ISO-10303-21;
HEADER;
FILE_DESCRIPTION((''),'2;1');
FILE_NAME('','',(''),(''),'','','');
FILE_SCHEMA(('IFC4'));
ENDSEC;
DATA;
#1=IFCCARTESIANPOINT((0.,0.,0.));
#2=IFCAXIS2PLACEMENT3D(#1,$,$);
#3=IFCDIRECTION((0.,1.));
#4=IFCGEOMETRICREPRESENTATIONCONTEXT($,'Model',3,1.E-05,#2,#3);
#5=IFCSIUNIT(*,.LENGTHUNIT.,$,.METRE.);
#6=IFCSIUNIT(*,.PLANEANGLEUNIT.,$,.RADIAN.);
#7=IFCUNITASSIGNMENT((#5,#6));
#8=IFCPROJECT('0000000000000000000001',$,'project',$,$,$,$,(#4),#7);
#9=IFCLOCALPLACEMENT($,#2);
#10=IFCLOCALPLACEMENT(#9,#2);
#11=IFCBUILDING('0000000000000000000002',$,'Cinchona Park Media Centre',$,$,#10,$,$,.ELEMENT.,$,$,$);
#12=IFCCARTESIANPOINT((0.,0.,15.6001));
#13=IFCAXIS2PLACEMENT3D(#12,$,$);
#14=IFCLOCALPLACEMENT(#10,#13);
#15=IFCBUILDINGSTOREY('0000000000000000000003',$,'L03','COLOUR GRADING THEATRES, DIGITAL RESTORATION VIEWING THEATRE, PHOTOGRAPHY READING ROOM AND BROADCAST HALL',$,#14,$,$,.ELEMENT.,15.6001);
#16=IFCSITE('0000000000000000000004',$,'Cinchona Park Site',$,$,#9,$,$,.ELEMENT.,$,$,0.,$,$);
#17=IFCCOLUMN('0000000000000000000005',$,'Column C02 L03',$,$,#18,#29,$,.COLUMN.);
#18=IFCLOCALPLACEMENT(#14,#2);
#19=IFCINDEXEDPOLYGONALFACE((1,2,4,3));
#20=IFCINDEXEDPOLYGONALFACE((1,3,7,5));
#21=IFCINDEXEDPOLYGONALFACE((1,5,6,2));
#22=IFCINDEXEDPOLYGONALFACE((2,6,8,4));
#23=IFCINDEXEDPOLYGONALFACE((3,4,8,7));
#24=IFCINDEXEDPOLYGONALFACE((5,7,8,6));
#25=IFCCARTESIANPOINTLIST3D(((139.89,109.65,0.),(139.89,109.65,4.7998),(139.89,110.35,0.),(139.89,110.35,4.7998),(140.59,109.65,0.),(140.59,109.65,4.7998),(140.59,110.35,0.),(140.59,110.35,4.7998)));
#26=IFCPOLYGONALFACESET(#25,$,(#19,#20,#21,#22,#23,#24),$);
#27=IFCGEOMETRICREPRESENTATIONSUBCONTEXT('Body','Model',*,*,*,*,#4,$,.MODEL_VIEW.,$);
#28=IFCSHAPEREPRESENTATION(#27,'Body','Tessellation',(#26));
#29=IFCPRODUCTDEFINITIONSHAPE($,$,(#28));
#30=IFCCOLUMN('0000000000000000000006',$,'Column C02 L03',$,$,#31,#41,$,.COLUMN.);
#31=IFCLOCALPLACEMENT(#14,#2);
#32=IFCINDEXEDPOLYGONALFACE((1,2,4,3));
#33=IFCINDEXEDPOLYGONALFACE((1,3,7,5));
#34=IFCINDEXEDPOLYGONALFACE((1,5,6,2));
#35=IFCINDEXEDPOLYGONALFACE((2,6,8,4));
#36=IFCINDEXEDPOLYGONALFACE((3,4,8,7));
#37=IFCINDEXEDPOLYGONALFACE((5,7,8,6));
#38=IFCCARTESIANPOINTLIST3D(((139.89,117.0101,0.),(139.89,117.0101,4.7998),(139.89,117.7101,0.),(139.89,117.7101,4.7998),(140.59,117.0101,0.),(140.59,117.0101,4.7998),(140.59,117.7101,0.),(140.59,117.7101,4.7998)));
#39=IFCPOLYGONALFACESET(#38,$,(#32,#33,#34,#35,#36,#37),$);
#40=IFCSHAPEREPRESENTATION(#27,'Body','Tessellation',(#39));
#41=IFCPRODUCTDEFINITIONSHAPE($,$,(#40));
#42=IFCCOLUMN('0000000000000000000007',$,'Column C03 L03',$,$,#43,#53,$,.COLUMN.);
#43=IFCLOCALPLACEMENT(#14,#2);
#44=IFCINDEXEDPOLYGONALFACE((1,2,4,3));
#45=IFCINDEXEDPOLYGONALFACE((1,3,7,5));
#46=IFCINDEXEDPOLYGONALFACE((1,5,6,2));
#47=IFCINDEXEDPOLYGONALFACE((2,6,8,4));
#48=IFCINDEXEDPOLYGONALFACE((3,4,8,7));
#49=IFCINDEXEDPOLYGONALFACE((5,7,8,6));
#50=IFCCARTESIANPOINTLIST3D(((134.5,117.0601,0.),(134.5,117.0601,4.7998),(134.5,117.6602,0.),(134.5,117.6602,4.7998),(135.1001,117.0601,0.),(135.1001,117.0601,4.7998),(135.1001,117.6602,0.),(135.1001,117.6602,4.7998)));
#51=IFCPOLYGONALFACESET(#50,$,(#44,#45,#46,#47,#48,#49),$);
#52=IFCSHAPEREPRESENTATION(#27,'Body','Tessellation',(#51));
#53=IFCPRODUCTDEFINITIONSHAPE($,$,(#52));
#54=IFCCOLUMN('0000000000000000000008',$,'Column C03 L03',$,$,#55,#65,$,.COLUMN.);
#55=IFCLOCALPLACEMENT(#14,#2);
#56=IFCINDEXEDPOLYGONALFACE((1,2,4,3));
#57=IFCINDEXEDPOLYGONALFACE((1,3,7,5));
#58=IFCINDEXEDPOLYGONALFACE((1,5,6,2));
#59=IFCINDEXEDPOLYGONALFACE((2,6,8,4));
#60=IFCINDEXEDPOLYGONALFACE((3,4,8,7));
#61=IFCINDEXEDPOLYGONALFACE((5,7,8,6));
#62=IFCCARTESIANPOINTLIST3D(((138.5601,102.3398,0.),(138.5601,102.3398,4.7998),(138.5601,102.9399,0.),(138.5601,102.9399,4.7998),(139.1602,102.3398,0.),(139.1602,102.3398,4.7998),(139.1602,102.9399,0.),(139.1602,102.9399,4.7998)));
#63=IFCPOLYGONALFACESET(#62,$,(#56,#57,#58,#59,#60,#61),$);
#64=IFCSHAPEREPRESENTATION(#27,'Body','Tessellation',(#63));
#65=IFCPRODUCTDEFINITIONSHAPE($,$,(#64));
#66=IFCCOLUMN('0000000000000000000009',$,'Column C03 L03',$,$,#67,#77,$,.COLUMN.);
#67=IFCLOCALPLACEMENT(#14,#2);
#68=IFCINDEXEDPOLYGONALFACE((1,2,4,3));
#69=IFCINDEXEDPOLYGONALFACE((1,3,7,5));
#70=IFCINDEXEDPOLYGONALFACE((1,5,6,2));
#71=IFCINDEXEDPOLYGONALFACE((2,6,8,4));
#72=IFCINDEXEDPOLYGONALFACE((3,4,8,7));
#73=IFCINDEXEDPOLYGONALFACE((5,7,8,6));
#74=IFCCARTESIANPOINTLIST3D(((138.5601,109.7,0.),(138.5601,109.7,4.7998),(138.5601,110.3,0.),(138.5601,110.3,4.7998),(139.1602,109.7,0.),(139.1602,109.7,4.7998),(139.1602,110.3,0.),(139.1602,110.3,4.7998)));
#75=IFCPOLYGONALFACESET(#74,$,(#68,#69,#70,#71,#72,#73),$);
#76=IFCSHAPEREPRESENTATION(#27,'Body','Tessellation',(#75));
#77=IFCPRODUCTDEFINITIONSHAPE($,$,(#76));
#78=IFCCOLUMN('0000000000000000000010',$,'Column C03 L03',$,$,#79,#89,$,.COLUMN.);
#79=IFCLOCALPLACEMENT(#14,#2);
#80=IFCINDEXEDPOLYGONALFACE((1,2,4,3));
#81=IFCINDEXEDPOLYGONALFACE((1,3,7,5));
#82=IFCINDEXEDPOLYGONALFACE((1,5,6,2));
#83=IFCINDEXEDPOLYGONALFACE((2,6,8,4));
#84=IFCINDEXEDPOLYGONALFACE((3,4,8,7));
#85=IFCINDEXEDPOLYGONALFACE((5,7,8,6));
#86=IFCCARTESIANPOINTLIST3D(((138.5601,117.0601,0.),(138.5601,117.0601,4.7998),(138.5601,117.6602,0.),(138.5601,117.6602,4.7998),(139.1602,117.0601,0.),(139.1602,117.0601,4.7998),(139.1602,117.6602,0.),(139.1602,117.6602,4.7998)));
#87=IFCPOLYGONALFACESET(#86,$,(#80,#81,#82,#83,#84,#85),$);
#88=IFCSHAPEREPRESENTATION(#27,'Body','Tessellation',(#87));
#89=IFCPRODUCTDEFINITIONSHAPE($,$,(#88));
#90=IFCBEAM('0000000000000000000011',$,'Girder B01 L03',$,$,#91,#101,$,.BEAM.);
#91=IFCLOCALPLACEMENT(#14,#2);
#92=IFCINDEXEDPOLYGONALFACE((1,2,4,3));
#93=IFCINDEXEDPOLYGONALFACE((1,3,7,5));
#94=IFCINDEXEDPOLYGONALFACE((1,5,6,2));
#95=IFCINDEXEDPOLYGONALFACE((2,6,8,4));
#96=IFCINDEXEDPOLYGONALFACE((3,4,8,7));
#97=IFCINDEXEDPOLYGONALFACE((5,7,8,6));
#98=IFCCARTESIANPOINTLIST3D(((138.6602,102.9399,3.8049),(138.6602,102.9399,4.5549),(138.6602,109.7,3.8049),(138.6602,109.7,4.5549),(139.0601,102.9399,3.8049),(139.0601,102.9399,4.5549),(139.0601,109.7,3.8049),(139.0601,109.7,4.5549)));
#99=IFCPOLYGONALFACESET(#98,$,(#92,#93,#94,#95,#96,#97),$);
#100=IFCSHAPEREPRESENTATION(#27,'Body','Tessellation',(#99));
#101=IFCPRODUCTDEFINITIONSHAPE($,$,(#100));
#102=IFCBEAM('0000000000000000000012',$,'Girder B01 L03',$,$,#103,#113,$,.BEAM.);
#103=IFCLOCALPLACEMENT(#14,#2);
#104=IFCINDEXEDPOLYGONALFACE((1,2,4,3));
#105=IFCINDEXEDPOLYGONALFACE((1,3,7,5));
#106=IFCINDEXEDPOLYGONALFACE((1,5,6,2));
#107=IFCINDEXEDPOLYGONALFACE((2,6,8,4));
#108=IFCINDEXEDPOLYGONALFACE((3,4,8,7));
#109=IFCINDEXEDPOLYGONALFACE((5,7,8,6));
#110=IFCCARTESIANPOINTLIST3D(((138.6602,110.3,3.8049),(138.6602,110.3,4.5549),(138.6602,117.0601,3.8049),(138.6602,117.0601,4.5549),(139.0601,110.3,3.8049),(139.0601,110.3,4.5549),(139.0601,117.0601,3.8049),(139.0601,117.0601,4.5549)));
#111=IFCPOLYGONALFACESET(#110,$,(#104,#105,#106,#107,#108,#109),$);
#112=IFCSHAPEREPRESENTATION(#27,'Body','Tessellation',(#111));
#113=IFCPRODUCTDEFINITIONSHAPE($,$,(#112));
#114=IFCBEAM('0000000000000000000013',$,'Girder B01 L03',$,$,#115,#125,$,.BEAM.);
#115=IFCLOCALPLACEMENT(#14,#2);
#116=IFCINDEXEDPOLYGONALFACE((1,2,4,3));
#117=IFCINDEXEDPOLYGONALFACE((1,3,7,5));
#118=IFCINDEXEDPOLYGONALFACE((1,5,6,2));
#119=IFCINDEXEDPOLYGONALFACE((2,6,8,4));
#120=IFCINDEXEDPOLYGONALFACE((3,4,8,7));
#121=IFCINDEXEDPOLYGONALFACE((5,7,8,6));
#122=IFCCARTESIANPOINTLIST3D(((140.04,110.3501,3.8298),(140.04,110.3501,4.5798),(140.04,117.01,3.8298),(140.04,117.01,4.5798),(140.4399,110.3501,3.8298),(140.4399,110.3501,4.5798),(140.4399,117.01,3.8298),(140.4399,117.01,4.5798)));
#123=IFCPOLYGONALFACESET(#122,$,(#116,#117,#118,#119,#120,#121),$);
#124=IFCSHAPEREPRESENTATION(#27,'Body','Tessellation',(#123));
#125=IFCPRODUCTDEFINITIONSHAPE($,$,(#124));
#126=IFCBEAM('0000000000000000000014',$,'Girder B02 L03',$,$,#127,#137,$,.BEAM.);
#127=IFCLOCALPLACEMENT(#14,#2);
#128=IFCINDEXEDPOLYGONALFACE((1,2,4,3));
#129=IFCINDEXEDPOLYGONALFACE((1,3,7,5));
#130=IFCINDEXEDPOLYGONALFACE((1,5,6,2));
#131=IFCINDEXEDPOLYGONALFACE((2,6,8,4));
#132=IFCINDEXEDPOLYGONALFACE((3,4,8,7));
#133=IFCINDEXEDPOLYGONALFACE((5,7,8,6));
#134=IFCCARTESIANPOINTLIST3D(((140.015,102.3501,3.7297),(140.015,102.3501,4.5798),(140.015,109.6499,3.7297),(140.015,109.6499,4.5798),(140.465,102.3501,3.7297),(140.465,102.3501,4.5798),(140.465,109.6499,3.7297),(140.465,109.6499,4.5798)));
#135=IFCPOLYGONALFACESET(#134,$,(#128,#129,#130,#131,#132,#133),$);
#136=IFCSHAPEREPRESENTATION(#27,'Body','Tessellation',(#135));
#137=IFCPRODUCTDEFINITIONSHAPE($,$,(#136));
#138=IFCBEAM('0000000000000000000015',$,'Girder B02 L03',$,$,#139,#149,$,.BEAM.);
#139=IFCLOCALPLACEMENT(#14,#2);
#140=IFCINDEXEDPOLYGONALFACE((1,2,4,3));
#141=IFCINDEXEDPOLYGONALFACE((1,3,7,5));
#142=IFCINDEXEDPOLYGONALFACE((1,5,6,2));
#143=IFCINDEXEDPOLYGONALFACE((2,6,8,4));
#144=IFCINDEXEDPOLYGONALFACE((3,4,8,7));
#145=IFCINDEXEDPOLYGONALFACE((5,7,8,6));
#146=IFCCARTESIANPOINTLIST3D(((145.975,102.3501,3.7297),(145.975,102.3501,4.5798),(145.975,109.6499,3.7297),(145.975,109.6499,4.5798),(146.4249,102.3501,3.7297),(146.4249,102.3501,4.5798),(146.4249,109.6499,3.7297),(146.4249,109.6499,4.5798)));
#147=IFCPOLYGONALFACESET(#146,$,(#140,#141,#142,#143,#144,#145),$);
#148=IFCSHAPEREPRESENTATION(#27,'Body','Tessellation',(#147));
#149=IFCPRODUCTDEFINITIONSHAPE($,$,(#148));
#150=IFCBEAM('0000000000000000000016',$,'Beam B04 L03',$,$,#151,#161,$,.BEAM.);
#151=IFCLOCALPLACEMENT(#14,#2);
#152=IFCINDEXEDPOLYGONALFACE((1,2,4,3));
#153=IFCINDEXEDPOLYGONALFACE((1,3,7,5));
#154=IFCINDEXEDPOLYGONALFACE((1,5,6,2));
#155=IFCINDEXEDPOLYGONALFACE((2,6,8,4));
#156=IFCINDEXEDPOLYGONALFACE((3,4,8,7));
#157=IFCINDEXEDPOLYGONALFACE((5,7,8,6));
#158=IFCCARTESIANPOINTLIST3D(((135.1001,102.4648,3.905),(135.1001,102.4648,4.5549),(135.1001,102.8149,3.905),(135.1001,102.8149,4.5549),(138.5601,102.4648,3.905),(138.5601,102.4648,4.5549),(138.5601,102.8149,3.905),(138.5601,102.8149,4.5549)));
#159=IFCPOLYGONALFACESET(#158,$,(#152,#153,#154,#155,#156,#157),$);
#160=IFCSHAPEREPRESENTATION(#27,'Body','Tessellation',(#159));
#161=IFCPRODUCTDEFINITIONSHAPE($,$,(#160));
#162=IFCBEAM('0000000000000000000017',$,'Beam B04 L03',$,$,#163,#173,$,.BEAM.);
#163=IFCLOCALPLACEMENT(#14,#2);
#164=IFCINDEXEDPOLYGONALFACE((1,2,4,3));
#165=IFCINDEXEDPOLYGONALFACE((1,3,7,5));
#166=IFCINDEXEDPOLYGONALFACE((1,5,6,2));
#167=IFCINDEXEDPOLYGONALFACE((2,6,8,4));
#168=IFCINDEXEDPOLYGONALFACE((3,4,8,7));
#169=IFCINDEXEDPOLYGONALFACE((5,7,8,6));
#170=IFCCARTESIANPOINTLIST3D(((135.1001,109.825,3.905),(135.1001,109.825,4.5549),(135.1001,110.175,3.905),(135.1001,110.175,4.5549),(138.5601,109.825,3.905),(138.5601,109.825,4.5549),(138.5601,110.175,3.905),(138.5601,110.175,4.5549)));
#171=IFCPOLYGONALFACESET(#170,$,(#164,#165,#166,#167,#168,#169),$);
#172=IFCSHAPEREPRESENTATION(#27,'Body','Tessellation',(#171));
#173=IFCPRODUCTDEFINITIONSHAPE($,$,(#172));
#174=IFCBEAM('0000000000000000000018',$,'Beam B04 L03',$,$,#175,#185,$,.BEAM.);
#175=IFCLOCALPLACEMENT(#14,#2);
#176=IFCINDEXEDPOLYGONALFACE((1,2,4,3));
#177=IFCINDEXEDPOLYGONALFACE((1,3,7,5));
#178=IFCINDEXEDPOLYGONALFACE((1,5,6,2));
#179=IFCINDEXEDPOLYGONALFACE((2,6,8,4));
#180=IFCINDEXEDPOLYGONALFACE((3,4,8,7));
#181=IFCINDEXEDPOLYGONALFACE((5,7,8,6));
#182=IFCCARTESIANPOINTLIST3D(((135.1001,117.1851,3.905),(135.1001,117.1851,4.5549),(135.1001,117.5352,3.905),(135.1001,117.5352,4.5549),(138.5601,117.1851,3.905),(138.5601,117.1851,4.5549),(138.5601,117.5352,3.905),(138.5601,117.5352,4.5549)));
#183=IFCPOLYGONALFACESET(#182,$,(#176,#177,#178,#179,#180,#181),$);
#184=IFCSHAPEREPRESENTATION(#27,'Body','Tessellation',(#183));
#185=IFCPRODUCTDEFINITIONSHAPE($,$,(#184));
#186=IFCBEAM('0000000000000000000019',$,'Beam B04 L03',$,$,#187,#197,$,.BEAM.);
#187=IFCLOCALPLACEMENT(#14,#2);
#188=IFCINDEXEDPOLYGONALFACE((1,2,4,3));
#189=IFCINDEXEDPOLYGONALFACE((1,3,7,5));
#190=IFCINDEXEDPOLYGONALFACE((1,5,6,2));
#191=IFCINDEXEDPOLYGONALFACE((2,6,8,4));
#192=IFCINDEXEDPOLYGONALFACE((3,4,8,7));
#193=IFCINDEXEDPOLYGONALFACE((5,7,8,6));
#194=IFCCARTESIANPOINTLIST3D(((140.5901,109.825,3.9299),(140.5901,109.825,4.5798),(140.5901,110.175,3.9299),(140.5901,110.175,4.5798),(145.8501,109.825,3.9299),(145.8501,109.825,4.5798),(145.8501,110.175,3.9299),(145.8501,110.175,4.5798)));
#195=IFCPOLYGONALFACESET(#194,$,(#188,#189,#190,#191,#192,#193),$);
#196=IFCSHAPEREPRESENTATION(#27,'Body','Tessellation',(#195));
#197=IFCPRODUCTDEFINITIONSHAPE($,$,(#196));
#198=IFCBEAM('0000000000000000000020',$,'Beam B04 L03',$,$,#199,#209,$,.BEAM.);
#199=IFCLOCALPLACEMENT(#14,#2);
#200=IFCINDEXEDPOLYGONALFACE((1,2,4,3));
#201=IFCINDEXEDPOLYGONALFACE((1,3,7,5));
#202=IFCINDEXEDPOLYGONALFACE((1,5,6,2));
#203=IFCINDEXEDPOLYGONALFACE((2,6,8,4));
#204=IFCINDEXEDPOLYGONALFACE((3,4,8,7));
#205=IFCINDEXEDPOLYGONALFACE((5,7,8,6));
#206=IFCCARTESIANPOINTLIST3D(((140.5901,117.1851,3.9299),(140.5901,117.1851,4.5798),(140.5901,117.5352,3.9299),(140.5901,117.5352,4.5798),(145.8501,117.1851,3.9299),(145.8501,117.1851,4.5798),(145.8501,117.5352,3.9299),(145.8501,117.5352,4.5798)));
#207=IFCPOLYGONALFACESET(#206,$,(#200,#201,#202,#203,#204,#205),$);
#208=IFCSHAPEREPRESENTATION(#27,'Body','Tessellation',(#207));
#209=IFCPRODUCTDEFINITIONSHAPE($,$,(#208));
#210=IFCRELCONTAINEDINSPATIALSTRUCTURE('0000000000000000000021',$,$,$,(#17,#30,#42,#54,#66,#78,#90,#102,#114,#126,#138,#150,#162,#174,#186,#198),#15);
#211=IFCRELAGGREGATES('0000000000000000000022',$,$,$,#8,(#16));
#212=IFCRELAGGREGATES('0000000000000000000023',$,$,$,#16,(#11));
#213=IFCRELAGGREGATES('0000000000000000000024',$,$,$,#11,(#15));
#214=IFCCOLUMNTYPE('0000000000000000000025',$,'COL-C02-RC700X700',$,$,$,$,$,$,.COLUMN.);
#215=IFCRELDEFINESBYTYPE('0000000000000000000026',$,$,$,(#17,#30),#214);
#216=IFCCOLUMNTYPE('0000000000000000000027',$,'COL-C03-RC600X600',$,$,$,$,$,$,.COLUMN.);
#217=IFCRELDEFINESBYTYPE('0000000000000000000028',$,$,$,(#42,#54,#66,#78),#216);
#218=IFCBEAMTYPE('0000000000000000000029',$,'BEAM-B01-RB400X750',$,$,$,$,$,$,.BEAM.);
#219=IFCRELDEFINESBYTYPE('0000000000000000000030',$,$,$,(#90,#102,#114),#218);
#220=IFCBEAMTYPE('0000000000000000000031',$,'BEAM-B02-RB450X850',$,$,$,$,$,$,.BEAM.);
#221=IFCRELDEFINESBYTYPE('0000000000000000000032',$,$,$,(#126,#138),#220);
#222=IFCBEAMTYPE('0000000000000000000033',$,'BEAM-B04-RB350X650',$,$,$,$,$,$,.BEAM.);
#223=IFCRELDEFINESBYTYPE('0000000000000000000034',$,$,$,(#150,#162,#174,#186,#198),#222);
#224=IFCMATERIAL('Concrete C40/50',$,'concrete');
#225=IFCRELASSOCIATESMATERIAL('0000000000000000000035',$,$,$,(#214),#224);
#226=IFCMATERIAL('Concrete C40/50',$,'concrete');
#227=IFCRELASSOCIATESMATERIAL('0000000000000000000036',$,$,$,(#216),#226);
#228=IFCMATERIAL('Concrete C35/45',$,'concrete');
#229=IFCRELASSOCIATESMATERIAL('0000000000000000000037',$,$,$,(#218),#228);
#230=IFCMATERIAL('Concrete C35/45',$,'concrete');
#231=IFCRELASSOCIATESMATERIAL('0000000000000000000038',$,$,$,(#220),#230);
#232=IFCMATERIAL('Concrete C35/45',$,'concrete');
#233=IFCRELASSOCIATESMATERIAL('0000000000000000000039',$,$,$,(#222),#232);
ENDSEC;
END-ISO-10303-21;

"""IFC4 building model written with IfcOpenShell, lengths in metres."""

from ifc_helpers import new_model, si_unit, direction, frame, origin, origin_2d, place, context, subcontext, project, spatial, rectangle, extrude, material, material_profile, profile_set, type_object, element, save


model = new_model("IFC4")

# Units and contexts
model_context = context("Model", 3, precision=1e-05, world=origin(), true_north=direction((0.0, 1.0)))
body_context = subcontext(model_context, "Body", "Model", "MODEL_VIEW")
ifc_project = project(units=[si_unit("LENGTHUNIT", "METRE"), si_unit("PLANEANGLEUNIT", "RADIAN")], contexts=[model_context])

# Site, building, storey
site_placement = place(None, origin())
site = spatial("IfcSite", under=ifc_project, at=site_placement, Name="Cinchona Park Site", CompositionType="ELEMENT", RefElevation=0.0)
building_placement = place(site_placement, origin())
building = spatial("IfcBuilding", under=site, at=building_placement, Name="Cinchona Park Media Centre", CompositionType="ELEMENT")
storey_placement = place(building_placement, frame((0.0, 0.0, 15.6001)))
storey = spatial("IfcBuildingStorey", under=building, at=storey_placement, Name="L03", Description="COLOUR GRADING THEATRES, DIGITAL RESTORATION VIEWING THEATRE, PHOTOGRAPHY READING ROOM AND BROADCAST HALL", CompositionType="ELEMENT", Elevation=15.6001)

# Columns
ifc_material_1 = material(Name="Concrete C40/50", Category="concrete")
ifc_material_profile_1 = material_profile(ifc_material_1, rectangle(XDim=0.7, YDim=0.7, at=origin_2d()), Name="RC 700X700")
ifc_profile_set_1 = profile_set([ifc_material_profile_1], Name="Concrete C40/50")
column_type_1 = type_object("IfcColumnType", Name="COL-C02-RC700X700", PredefinedType="COLUMN", material=ifc_profile_set_1)
for number, where, z_axis, x_axis, name in (
    (1, (140.24, 110.0, 0.0), (0.0, 0.0, 1.0), (1.0, 0.0, 0.0), "Column C02 L03"),
    (2, (140.24, 117.3601, 0.0), (0.0, 0.0, 1.0), (1.0, 0.0, 0.0), "Column C02 L03"),
):
    element("IfcColumn", number, at=place(storey_placement, frame(where, z_axis=z_axis, x_axis=x_axis)), inside=storey, type_object=column_type_1, Name=name, PredefinedType="COLUMN", context=body_context, shape_type="SweptSolid", body=[
        extrude(rectangle(XDim=0.7, YDim=0.7, at=origin_2d()), origin(), (0.0, 0.0, 1.0), 4.7998),
    ])
ifc_material_2 = material(Name="Concrete C40/50", Category="concrete")
ifc_material_profile_2 = material_profile(ifc_material_2, rectangle(XDim=0.6001, YDim=0.6001, at=origin_2d()), Name="RC 600X600")
ifc_profile_set_2 = profile_set([ifc_material_profile_2], Name="Concrete C40/50")
column_type_2 = type_object("IfcColumnType", Name="COL-C03-RC600X600", PredefinedType="COLUMN", material=ifc_profile_set_2)
for number, where, z_axis, x_axis, name in (
    (3, (134.8, 117.3601, 0.0), (0.0, 0.0, 1.0), (1.0, 0.0, 0.0), "Column C03 L03"),
    (4, (138.8601, 102.6399, 0.0), (0.0, 0.0, 1.0), (1.0, 0.0, 0.0), "Column C03 L03"),
    (5, (138.8601, 110.0, 0.0), (0.0, 0.0, 1.0), (1.0, 0.0, 0.0), "Column C03 L03"),
    (6, (138.8601, 117.3601, 0.0), (0.0, 0.0, 1.0), (1.0, 0.0, 0.0), "Column C03 L03"),
):
    element("IfcColumn", number, at=place(storey_placement, frame(where, z_axis=z_axis, x_axis=x_axis)), inside=storey, type_object=column_type_2, Name=name, PredefinedType="COLUMN", context=body_context, shape_type="SweptSolid", body=[
        extrude(rectangle(XDim=0.6001, YDim=0.6001, at=origin_2d()), origin(), (0.0, 0.0, 1.0), 4.7998),
    ])

# Beams
ifc_material_3 = material(Name="Concrete C35/45", Category="concrete")
ifc_material_profile_3 = material_profile(ifc_material_3, rectangle(XDim=0.3999, YDim=0.75, at=origin_2d()), Name="RB 400X750")
ifc_profile_set_3 = profile_set([ifc_material_profile_3], Name="Concrete C35/45")
beam_type_1 = type_object("IfcBeamType", Name="BEAM-B01-RB400X750", PredefinedType="BEAM", material=ifc_profile_set_3)
for number, where, z_axis, x_axis, name in (
    (7, (138.8601, 102.9399, 4.1799), (0.0, 1.0, 0.0), (-1.0, 0.0, 0.0), "Girder B01 L03"),
    (8, (138.8601, 110.3, 4.1799), (0.0, 1.0, 0.0), (-1.0, 0.0, 0.0), "Girder B01 L03"),
):
    element("IfcBeam", number, at=place(storey_placement, frame(where, z_axis=z_axis, x_axis=x_axis)), inside=storey, type_object=beam_type_1, Name=name, PredefinedType="BEAM", context=body_context, shape_type="SweptSolid", body=[
        extrude(rectangle(XDim=0.3999, YDim=0.75, at=origin_2d()), origin(), (0.0, 0.0, 1.0), 6.76),
    ])
beam_placement = place(storey_placement, frame((140.24, 110.3501, 4.2048), z_axis=(0.0, 1.0, 0.0), x_axis=(-1.0, 0.0, 0.0)))
element("IfcBeam", 9, at=beam_placement, inside=storey, type_object=beam_type_1, Name="Girder B01 L03", PredefinedType="BEAM", context=body_context, shape_type="SweptSolid", body=[
    extrude(rectangle(XDim=0.3999, YDim=0.75, at=origin_2d()), origin(), (0.0, 0.0, 1.0), 6.6599),
])
ifc_material_4 = material(Name="Concrete C35/45", Category="concrete")
ifc_material_profile_4 = material_profile(ifc_material_4, rectangle(XDim=0.45, YDim=0.8501, at=origin_2d()), Name="RB 450X850")
ifc_profile_set_4 = profile_set([ifc_material_profile_4], Name="Concrete C35/45")
beam_type_2 = type_object("IfcBeamType", Name="BEAM-B02-RB450X850", PredefinedType="BEAM", material=ifc_profile_set_4)
for number, where, z_axis, x_axis, name in (
    (10, (140.24, 102.3501, 4.1548), (0.0, 1.0, 0.0), (-1.0, 0.0, 0.0), "Girder B02 L03"),
    (11, (146.2, 102.3501, 4.1548), (0.0, 1.0, 0.0), (-1.0, 0.0, 0.0), "Girder B02 L03"),
):
    element("IfcBeam", number, at=place(storey_placement, frame(where, z_axis=z_axis, x_axis=x_axis)), inside=storey, type_object=beam_type_2, Name=name, PredefinedType="BEAM", context=body_context, shape_type="SweptSolid", body=[
        extrude(rectangle(XDim=0.45, YDim=0.8501, at=origin_2d()), origin(), (0.0, 0.0, 1.0), 7.2998),
    ])
ifc_material_5 = material(Name="Concrete C35/45", Category="concrete")
ifc_material_profile_5 = material_profile(ifc_material_5, rectangle(XDim=0.3501, YDim=0.6499, at=origin_2d()), Name="RB 350X650")
ifc_profile_set_5 = profile_set([ifc_material_profile_5], Name="Concrete C35/45")
beam_type_3 = type_object("IfcBeamType", Name="BEAM-B04-RB350X650", PredefinedType="BEAM", material=ifc_profile_set_5)
for number, where, z_axis, x_axis, name in (
    (12, (135.1001, 102.6399, 4.23), (1.0, 0.0, 0.0), (0.0, 1.0, 0.0), "Beam B04 L03"),
    (13, (135.1001, 110.0, 4.23), (1.0, 0.0, 0.0), (0.0, 1.0, 0.0), "Beam B04 L03"),
    (14, (135.1001, 117.3601, 4.23), (1.0, 0.0, 0.0), (0.0, 1.0, 0.0), "Beam B04 L03"),
):
    element("IfcBeam", number, at=place(storey_placement, frame(where, z_axis=z_axis, x_axis=x_axis)), inside=storey, type_object=beam_type_3, Name=name, PredefinedType="BEAM", context=body_context, shape_type="SweptSolid", body=[
        extrude(rectangle(XDim=0.3501, YDim=0.6499, at=origin_2d()), origin(), (0.0, 0.0, 1.0), 3.46),
    ])
for number, where, z_axis, x_axis, name in (
    (15, (140.5901, 110.0, 4.2549), (1.0, 0.0, 0.0), (0.0, 1.0, 0.0), "Beam B04 L03"),
    (16, (140.5901, 117.3601, 4.2549), (1.0, 0.0, 0.0), (0.0, 1.0, 0.0), "Beam B04 L03"),
):
    element("IfcBeam", number, at=place(storey_placement, frame(where, z_axis=z_axis, x_axis=x_axis)), inside=storey, type_object=beam_type_3, Name=name, PredefinedType="BEAM", context=body_context, shape_type="SweptSolid", body=[
        extrude(rectangle(XDim=0.3501, YDim=0.6499, at=origin_2d()), origin(), (0.0, 0.0, 1.0), 5.26),
    ])

save(model, "model.ifc")
